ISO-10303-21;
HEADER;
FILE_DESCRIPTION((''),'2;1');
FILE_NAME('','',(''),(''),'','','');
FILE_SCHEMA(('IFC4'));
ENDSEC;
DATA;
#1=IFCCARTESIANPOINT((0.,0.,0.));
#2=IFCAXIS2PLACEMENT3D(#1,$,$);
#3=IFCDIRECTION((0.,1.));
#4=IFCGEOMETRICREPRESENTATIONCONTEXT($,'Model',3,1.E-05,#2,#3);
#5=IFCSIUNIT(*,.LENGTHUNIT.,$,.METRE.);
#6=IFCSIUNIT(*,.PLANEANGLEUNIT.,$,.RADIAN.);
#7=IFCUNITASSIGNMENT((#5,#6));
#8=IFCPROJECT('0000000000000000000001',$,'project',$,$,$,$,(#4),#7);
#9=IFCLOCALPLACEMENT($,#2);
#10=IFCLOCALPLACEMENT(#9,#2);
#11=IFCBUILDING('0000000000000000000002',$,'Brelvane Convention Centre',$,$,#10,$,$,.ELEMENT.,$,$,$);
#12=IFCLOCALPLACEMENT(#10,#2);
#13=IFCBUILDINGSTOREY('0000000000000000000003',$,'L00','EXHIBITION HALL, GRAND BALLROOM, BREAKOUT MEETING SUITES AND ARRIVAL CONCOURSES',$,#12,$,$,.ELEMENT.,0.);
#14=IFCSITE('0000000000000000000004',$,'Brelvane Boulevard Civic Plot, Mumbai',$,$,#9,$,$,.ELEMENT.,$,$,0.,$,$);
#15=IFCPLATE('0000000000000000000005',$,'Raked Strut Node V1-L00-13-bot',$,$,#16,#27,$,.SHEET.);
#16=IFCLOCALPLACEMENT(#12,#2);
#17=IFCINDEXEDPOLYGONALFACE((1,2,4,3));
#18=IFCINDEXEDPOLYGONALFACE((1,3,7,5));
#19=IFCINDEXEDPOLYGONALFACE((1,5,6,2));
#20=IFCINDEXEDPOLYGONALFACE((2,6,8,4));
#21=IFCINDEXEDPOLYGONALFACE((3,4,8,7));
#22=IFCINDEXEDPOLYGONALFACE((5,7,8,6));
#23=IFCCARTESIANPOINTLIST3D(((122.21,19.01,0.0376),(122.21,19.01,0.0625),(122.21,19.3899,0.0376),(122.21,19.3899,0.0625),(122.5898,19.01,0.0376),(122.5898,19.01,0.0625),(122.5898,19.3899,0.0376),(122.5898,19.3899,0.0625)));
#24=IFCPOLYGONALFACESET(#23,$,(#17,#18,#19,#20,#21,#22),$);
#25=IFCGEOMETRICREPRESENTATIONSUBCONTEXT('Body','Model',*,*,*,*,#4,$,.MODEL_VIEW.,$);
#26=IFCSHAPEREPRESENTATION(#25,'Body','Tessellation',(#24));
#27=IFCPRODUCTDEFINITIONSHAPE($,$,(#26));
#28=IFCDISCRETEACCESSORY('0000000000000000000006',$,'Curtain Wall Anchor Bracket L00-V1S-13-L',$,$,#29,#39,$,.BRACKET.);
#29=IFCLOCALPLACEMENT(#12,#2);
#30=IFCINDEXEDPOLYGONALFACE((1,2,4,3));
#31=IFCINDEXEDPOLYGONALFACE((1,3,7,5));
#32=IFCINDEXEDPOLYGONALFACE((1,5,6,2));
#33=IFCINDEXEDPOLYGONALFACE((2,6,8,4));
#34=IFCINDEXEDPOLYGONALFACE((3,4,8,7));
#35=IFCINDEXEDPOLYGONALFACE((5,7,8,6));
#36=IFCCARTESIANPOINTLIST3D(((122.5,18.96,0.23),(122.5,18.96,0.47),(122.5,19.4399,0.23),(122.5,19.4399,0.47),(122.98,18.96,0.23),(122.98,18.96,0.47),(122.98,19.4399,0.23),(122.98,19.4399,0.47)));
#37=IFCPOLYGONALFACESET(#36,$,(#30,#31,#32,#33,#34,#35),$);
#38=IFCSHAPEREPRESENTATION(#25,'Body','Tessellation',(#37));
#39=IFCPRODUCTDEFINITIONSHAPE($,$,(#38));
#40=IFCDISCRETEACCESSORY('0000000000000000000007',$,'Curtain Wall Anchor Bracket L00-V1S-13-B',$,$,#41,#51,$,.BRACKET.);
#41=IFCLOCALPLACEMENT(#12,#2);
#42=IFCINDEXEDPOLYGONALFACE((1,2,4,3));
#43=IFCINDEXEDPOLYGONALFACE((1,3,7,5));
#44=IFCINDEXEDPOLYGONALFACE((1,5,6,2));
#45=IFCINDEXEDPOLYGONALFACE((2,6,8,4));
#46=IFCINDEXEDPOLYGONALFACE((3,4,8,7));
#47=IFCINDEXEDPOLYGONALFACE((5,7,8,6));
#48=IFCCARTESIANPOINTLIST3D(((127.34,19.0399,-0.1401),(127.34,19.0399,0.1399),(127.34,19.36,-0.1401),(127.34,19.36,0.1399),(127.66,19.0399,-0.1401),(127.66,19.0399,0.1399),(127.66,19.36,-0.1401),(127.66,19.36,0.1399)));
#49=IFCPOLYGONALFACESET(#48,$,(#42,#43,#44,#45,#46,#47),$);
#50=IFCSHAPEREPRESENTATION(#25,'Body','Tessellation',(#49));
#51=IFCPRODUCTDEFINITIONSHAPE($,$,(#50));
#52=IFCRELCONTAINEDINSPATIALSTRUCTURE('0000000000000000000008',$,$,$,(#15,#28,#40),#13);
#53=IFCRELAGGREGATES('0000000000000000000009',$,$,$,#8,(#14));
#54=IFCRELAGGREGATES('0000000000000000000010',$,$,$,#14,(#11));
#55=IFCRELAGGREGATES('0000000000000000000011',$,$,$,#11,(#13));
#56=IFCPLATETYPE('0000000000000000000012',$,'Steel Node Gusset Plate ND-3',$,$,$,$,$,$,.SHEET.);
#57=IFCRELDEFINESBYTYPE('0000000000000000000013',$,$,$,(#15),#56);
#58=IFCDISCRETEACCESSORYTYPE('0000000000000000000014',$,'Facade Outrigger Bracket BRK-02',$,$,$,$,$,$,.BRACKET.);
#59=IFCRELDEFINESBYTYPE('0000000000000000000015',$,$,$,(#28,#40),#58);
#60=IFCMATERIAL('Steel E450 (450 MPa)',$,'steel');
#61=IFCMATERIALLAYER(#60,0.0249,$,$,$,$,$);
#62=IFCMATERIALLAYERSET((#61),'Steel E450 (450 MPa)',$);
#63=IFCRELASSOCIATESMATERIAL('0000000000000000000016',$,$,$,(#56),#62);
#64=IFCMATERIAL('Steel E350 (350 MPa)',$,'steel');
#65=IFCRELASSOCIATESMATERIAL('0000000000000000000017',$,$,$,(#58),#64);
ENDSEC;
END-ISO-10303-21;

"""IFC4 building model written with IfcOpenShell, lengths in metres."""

from ifc_helpers import new_model, si_unit, direction, frame, origin, origin_2d, place, context, subcontext, project, spatial, rectangle, extrude, material, layer, layer_set, type_object, element, save


model = new_model("IFC4")

# Units and contexts
model_context = context("Model", 3, precision=1e-05, world=origin(), true_north=direction((0.0, 1.0)))
body_context = subcontext(model_context, "Body", "Model", "MODEL_VIEW")
ifc_project = project(units=[si_unit("LENGTHUNIT", "METRE"), si_unit("PLANEANGLEUNIT", "RADIAN")], contexts=[model_context])

# Site, building, storey
site_placement = place(None, origin())
site = spatial("IfcSite", under=ifc_project, at=site_placement, Name="Brelvane Boulevard Civic Plot, Mumbai", CompositionType="ELEMENT", RefElevation=0.0)
building_placement = place(site_placement, origin())
building = spatial("IfcBuilding", under=site, at=building_placement, Name="Brelvane Convention Centre", CompositionType="ELEMENT")
storey_placement = place(building_placement, origin())
storey = spatial("IfcBuildingStorey", under=building, at=storey_placement, Name="L00", Description="EXHIBITION HALL, GRAND BALLROOM, BREAKOUT MEETING SUITES AND ARRIVAL CONCOURSES", CompositionType="ELEMENT", Elevation=0.0)

# Plate
ifc_material_1 = material(Name="Steel E450 (450 MPa)", Category="steel")
ifc_layer_1 = layer(ifc_material_1, 0.0249)
ifc_layer_set_1 = layer_set([ifc_layer_1], Name="Steel E450 (450 MPa)")
plate_type_1 = type_object("IfcPlateType", Name="Steel Node Gusset Plate ND-3", PredefinedType="SHEET", material=ifc_layer_set_1)
plate_1_placement = place(storey_placement, frame((122.3999, 19.2, 0.0376), z_axis=(0.0, 0.0, 1.0), x_axis=(1.0, 0.0, 0.0)))
element("IfcPlate", 1, at=plate_1_placement, inside=storey, type_object=plate_type_1, Name="Raked Strut Node V1-L00-13-bot", PredefinedType="SHEET", context=body_context, shape_type="SweptSolid", body=[
    extrude(rectangle(XDim=0.3799, YDim=0.3799, at=origin_2d()), origin(), (0.0, 0.0, 1.0), 0.0249),
])

# Discrete accessories
ifc_material_2 = material(Name="Steel E350 (350 MPa)", Category="steel")
discrete_accessory_type = type_object("IfcDiscreteAccessoryType", Name="Facade Outrigger Bracket BRK-02", PredefinedType="BRACKET", material=ifc_material_2)
discrete_accessory_1_placement = place(storey_placement, frame((122.74, 19.2, 0.23), z_axis=(0.0, 0.0, 1.0), x_axis=(1.0, 0.0, 0.0)))
element("IfcDiscreteAccessory", 2, at=discrete_accessory_1_placement, inside=storey, type_object=discrete_accessory_type, Name="Curtain Wall Anchor Bracket L00-V1S-13-L", PredefinedType="BRACKET", context=body_context, shape_type="SweptSolid", body=[
    extrude(rectangle(XDim=0.48, YDim=0.48, at=origin_2d()), origin(), (0.0, 0.0, 1.0), 0.24),
])
discrete_accessory_2_placement = place(storey_placement, frame((127.5, 19.2, -0.1401), z_axis=(0.0, 0.0, 1.0), x_axis=(1.0, 0.0, 0.0)))
element("IfcDiscreteAccessory", 3, at=discrete_accessory_2_placement, inside=storey, type_object=discrete_accessory_type, Name="Curtain Wall Anchor Bracket L00-V1S-13-B", PredefinedType="BRACKET", context=body_context, shape_type="SweptSolid", body=[
    extrude(rectangle(XDim=0.3201, YDim=0.3201, at=origin_2d()), origin(), (0.0, 0.0, 1.0), 0.28),
])

save(model, "model.ifc")
